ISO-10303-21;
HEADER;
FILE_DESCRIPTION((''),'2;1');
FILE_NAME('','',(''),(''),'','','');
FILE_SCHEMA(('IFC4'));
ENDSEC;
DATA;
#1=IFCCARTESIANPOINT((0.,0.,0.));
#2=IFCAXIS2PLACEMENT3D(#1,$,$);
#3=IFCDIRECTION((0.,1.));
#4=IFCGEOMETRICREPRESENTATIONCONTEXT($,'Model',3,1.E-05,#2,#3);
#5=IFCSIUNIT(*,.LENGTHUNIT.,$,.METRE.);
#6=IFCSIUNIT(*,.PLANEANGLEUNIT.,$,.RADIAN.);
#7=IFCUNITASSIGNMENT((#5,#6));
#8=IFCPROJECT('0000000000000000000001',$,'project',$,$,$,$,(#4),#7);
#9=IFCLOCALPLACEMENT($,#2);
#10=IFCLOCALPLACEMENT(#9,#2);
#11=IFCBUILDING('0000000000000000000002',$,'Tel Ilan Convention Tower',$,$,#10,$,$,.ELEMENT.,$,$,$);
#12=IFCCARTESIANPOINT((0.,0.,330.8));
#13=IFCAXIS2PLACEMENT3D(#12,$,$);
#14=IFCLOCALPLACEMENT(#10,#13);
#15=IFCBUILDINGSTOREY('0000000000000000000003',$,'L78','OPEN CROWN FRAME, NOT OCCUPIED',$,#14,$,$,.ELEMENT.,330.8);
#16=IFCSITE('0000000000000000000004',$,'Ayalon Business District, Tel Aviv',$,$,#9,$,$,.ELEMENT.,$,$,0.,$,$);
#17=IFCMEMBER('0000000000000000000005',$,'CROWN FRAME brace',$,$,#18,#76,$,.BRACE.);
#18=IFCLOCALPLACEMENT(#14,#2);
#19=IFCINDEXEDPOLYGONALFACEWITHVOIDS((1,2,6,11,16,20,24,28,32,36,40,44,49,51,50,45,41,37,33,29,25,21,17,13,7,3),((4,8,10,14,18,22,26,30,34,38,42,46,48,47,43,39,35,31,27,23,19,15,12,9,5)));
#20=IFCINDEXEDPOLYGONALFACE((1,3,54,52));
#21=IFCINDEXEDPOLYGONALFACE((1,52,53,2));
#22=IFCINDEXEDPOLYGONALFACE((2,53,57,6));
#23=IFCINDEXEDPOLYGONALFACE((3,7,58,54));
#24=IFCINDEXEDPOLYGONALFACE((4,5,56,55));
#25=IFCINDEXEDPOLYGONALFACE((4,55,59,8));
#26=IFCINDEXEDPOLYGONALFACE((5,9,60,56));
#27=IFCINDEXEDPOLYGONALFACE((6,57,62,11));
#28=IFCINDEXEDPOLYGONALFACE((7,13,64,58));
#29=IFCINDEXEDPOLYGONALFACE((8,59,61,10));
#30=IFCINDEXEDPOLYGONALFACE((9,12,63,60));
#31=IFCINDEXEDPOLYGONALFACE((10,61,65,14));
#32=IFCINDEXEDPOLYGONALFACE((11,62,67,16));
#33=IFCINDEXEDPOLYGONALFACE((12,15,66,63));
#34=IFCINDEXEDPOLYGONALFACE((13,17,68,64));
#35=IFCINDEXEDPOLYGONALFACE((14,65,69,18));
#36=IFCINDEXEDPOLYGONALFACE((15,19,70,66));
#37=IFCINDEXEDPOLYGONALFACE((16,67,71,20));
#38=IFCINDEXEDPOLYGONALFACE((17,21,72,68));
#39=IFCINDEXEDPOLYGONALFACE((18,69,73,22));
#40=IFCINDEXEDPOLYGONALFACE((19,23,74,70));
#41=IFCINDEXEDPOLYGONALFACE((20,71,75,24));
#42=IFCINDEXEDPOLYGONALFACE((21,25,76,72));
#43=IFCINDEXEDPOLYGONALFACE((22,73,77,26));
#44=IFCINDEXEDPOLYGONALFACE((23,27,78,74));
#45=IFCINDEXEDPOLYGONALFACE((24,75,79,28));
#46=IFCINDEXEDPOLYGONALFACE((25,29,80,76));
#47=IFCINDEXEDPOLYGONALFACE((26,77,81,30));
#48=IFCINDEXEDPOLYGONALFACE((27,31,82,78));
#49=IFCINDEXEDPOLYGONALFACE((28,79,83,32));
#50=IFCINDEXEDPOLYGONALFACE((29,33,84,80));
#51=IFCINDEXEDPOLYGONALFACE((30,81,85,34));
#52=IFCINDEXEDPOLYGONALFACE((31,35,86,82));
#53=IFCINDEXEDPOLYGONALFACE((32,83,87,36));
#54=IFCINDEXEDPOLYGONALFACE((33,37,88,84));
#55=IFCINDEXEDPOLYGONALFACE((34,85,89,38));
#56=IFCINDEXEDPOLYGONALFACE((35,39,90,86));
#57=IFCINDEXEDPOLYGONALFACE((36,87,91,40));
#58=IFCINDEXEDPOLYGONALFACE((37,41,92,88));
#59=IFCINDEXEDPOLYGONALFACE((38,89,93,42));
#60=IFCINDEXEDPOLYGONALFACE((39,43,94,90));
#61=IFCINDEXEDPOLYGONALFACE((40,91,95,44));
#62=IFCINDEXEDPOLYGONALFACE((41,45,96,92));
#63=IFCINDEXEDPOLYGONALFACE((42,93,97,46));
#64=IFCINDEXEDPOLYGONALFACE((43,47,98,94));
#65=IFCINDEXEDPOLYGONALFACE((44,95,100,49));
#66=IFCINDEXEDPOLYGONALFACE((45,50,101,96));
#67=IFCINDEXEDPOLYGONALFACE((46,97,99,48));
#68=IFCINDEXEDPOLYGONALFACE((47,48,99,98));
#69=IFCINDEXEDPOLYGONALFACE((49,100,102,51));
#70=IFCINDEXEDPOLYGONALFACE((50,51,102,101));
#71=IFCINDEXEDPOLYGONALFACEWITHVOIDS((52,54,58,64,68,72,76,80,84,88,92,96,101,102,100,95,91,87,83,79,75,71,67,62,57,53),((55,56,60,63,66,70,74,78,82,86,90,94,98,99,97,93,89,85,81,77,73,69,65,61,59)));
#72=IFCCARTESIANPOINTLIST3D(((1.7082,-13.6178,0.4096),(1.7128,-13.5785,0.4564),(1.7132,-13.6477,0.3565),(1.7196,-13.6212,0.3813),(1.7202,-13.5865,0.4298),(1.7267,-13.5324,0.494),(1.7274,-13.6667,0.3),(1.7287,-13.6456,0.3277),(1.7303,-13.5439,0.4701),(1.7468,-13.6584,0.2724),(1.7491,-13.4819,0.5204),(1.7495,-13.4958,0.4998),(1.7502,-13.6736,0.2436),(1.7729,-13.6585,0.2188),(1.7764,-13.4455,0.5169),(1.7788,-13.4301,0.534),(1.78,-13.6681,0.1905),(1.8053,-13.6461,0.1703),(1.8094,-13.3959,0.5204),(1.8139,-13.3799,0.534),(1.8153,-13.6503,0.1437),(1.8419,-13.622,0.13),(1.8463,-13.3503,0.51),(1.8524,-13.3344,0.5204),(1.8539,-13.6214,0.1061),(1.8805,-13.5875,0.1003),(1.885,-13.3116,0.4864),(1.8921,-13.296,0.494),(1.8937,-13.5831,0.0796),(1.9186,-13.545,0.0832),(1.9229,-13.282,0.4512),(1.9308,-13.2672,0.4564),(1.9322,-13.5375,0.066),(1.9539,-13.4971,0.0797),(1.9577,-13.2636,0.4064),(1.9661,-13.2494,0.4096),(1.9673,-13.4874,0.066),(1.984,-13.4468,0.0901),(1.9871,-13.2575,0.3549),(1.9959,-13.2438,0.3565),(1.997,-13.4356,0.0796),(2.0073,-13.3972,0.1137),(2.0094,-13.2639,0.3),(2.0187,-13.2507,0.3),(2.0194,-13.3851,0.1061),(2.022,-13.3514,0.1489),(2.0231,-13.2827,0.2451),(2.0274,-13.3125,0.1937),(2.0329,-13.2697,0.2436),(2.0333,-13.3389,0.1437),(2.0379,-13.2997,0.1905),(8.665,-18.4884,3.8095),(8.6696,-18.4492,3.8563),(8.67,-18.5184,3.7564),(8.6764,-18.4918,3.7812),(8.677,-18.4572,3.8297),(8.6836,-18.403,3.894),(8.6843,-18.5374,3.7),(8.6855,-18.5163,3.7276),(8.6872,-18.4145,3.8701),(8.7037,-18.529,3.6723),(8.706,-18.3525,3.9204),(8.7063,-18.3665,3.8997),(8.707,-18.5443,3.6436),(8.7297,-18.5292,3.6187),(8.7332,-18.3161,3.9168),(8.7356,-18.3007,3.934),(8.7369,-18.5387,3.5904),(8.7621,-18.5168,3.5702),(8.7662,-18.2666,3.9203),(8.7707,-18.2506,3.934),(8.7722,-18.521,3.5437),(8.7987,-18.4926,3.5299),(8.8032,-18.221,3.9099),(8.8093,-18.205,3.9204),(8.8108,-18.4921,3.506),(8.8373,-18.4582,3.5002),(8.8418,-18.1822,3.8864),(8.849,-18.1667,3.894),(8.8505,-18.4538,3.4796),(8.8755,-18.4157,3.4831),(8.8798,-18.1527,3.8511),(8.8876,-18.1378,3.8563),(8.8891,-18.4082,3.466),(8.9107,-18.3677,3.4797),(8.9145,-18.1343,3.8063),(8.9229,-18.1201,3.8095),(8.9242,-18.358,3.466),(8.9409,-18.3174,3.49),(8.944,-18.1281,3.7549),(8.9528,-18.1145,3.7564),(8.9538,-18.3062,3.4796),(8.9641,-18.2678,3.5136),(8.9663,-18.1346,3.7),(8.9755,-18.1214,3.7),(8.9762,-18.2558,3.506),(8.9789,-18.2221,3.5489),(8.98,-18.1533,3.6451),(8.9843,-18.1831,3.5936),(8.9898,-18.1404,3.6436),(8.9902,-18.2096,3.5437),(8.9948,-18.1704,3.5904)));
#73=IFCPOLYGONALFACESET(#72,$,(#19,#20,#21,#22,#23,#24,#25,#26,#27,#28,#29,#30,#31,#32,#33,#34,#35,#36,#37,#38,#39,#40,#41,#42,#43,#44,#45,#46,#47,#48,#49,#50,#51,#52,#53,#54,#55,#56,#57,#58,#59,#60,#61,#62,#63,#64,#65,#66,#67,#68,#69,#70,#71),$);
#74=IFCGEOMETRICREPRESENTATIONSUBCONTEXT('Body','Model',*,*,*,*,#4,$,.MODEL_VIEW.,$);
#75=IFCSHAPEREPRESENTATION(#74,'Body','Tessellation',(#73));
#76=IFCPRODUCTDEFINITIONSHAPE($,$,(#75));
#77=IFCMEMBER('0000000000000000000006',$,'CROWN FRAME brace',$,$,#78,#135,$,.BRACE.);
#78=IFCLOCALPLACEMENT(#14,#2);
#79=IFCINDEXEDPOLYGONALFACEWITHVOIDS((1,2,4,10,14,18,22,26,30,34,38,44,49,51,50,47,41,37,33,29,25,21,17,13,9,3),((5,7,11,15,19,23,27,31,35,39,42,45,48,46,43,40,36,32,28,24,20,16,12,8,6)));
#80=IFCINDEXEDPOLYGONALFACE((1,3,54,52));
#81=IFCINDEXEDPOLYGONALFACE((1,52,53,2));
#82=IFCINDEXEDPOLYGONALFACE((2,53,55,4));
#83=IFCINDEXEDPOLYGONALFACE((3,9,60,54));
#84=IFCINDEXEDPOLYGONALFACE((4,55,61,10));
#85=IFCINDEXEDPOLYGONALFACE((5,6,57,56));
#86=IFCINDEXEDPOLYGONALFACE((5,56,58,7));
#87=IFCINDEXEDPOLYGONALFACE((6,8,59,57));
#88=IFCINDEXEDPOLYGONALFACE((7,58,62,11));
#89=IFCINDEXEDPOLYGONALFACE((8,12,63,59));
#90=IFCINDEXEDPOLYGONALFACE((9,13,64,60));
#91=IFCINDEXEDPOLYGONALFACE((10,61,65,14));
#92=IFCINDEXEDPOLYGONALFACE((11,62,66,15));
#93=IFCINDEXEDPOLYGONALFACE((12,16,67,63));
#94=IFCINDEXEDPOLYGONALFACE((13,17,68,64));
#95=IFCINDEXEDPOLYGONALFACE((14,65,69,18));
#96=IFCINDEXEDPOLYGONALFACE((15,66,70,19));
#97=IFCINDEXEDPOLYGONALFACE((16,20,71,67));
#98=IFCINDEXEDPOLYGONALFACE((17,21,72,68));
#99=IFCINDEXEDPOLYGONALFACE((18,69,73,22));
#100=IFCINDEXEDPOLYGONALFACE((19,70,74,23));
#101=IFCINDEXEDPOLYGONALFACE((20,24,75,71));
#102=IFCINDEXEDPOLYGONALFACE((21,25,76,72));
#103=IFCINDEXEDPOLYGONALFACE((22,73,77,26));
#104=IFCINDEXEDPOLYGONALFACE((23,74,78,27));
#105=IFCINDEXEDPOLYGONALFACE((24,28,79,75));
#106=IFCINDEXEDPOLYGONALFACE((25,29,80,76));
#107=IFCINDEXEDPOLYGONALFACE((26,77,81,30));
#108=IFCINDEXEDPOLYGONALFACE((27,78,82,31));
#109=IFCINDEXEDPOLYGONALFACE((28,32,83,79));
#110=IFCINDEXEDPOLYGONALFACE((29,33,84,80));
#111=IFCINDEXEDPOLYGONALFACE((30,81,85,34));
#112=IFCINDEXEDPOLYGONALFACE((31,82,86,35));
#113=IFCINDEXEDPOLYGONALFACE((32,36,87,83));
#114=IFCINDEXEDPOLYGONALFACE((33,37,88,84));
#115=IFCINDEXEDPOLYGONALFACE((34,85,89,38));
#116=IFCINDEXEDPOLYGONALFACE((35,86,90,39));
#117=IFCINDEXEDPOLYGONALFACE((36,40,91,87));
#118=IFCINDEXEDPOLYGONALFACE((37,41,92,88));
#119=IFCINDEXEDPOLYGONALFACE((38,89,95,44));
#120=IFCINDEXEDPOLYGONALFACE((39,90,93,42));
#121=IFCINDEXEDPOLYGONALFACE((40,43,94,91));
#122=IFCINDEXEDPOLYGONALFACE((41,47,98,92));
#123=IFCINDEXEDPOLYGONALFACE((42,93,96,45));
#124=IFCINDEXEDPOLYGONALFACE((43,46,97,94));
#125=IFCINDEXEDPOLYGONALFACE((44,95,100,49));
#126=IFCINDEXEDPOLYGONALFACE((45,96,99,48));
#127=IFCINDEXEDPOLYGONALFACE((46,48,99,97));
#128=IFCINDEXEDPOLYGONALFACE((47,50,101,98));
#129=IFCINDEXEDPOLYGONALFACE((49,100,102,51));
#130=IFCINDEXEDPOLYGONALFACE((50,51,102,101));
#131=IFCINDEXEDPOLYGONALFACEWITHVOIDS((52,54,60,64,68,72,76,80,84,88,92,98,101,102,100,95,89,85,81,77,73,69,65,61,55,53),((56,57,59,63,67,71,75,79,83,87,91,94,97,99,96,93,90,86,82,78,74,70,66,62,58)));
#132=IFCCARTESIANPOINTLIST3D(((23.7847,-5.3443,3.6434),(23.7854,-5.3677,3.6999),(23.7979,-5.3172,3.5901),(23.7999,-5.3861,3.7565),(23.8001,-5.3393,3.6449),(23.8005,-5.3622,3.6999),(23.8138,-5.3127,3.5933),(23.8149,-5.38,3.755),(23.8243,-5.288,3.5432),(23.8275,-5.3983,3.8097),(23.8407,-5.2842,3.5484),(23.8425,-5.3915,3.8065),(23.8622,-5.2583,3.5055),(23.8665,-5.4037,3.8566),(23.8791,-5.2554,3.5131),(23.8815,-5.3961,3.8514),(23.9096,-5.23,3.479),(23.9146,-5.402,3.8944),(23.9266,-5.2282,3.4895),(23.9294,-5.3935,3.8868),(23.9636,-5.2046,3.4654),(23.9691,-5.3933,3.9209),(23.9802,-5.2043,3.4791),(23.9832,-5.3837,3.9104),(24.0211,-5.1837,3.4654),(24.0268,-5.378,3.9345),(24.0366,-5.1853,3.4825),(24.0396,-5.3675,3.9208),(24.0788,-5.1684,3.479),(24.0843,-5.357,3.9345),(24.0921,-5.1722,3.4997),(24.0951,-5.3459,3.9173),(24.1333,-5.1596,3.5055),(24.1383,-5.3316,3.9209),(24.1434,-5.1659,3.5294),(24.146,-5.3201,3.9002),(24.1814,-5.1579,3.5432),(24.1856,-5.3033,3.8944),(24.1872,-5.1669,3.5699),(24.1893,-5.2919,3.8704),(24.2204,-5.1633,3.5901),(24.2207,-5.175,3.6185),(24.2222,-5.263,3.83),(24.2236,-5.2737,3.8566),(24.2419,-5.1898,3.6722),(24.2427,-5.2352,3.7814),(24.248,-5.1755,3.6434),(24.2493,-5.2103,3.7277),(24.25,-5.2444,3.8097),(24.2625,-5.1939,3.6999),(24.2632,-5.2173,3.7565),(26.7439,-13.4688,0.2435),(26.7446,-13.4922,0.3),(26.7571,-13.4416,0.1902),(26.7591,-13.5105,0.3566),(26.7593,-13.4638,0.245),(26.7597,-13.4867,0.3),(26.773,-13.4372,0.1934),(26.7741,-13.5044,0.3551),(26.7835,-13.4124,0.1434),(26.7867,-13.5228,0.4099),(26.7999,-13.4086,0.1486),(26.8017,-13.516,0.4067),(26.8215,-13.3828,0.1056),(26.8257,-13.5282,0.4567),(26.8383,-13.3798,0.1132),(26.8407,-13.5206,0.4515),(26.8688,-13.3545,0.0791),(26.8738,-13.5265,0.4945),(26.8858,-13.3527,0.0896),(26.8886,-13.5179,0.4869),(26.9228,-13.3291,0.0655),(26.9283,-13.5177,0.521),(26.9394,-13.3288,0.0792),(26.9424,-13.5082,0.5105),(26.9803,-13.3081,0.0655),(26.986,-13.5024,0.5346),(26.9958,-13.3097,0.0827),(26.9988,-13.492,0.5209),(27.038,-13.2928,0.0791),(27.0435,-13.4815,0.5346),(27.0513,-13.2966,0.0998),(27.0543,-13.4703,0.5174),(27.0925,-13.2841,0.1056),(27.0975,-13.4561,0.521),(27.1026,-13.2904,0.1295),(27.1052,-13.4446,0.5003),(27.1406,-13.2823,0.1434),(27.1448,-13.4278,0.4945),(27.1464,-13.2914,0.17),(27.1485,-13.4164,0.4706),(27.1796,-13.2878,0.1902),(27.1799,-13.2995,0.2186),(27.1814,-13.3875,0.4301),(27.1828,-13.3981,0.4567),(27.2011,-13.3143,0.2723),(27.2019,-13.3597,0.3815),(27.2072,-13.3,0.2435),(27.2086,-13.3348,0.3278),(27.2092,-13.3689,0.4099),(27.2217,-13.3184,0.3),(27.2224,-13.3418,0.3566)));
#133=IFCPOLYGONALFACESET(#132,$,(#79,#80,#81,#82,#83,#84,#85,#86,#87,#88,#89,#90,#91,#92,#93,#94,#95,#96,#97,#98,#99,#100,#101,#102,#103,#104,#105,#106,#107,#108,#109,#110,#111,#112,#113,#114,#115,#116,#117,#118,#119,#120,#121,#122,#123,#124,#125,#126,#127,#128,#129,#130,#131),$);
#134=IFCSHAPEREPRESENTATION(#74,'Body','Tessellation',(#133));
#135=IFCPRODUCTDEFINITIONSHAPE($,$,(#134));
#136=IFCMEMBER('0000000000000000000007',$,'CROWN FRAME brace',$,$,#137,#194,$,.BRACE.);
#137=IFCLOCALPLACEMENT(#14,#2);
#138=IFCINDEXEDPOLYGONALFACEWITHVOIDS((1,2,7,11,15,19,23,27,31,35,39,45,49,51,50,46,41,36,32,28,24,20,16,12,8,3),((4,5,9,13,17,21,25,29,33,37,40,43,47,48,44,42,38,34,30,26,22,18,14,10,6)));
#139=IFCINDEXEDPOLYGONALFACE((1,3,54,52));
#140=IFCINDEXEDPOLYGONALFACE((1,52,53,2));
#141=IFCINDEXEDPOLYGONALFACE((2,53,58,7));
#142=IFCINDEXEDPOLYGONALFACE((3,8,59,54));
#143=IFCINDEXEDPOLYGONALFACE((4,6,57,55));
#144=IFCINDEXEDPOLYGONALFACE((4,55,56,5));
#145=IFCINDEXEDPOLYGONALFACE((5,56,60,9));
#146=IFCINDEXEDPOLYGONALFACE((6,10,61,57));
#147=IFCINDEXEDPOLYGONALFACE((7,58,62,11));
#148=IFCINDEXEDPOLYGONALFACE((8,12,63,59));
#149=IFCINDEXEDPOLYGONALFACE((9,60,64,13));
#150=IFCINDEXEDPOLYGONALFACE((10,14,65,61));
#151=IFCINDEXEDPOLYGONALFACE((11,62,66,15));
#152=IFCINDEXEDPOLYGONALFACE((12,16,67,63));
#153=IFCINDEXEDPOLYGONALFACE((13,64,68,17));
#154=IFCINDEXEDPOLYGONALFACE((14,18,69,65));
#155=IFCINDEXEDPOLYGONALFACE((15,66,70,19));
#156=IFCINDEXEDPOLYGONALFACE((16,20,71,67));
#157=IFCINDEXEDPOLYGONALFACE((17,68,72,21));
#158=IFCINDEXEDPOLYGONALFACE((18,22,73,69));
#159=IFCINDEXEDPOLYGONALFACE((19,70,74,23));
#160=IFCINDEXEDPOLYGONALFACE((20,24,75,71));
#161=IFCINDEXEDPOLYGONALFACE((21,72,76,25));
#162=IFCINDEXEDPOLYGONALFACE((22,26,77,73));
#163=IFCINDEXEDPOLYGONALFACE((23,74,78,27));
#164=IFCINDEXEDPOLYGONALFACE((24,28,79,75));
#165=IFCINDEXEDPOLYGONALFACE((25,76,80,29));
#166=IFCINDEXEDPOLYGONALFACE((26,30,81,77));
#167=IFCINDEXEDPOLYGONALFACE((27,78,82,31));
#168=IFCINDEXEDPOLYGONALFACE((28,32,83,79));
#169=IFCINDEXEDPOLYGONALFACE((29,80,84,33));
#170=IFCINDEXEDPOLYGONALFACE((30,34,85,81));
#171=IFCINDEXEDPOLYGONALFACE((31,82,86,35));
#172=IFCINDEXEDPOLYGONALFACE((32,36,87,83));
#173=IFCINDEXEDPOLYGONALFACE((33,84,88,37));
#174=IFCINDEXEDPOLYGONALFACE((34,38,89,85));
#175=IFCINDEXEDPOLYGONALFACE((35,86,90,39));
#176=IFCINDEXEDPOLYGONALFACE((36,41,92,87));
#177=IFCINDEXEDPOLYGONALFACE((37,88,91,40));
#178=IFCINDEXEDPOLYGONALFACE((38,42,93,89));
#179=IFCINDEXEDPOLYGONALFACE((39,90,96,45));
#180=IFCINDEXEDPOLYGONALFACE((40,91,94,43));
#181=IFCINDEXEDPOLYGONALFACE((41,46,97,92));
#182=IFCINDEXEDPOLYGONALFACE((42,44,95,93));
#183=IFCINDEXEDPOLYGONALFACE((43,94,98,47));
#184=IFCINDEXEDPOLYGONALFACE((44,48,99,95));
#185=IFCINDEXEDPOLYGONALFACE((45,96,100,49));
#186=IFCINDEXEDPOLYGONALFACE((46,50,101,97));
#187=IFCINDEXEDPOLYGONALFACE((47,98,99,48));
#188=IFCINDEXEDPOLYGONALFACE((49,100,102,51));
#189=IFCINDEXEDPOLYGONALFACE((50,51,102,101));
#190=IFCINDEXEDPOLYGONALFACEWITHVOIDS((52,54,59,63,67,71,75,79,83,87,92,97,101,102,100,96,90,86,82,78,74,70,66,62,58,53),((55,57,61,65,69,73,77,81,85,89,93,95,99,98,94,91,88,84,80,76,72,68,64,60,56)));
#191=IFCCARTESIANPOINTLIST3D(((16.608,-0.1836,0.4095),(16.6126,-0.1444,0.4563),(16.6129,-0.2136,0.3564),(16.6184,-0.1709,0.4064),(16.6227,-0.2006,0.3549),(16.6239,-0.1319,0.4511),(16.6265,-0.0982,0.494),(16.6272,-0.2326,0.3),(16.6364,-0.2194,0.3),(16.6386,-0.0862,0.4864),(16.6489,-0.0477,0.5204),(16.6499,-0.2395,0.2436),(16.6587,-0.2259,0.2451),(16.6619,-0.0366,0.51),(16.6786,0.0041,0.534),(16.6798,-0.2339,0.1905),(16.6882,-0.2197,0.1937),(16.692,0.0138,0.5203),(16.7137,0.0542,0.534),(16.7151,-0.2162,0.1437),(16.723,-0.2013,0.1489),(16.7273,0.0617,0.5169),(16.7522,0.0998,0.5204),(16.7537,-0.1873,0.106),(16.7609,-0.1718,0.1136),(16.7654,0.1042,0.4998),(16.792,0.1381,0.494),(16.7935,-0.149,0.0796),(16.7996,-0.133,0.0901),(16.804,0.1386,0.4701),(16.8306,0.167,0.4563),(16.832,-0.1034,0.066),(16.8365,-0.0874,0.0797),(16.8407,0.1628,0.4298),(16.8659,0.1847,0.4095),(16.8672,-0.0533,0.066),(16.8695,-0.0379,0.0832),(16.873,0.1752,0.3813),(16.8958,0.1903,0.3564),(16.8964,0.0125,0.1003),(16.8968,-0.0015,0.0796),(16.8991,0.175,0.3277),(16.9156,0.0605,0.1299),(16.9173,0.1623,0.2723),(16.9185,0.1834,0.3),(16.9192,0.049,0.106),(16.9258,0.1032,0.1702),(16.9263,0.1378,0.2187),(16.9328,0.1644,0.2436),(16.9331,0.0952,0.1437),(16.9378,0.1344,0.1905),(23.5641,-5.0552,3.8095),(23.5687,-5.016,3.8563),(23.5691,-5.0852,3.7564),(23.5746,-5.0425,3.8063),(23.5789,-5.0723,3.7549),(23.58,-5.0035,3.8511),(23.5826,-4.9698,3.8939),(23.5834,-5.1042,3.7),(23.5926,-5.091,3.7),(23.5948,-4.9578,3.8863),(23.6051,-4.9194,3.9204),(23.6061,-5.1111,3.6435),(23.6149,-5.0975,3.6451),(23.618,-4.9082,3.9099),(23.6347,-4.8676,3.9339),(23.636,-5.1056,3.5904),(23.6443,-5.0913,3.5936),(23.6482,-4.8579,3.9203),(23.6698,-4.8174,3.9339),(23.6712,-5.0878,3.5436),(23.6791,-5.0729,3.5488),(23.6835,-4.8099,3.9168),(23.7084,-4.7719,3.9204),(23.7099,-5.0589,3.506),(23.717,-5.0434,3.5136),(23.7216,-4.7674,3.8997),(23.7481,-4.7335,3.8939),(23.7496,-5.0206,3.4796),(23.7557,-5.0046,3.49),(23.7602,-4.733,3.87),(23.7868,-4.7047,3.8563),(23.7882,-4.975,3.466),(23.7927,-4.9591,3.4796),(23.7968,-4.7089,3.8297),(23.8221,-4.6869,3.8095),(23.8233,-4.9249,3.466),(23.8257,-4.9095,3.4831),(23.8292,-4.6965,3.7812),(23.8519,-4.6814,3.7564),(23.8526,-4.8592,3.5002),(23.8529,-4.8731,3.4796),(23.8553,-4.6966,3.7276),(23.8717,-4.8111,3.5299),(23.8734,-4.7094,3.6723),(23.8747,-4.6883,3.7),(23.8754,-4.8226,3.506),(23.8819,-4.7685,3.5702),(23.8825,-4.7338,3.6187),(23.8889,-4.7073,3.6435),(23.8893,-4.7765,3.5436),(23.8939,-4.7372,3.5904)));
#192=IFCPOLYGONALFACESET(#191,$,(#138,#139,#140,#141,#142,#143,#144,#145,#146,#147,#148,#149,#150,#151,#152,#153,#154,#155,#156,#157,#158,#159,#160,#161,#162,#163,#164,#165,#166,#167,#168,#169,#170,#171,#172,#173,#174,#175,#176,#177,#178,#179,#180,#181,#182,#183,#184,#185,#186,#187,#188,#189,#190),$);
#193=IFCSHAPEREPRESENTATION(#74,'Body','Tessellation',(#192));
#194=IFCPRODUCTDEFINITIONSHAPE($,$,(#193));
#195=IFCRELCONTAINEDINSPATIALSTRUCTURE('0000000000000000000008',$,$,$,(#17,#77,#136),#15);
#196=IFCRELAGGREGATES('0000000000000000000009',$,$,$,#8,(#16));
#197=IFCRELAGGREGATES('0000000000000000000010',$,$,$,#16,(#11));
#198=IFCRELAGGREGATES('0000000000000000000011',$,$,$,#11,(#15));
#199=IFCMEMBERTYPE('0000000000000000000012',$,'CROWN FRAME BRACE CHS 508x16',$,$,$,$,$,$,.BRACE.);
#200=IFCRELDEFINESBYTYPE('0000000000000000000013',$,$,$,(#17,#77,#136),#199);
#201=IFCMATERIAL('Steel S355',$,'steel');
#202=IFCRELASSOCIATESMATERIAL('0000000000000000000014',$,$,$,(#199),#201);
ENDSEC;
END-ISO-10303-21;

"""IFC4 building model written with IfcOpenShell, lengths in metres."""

from ifc_helpers import new_model, si_unit, direction, frame, origin, origin_2d, place, context, subcontext, project, spatial, hollow_circle, extrude, material, material_profile, profile_set, type_object, element, save


model = new_model("IFC4")

# Units and contexts
model_context = context("Model", 3, precision=1e-05, world=origin(), true_north=direction((0.0, 1.0)))
body_context = subcontext(model_context, "Body", "Model", "MODEL_VIEW")
ifc_project = project(units=[si_unit("LENGTHUNIT", "METRE"), si_unit("PLANEANGLEUNIT", "RADIAN")], contexts=[model_context])

# Site, building, storey
site_placement = place(None, origin())
site = spatial("IfcSite", under=ifc_project, at=site_placement, Name="Ayalon Business District, Tel Aviv", CompositionType="ELEMENT", RefElevation=0.0)
building_placement = place(site_placement, origin())
building = spatial("IfcBuilding", under=site, at=building_placement, Name="Tel Ilan Convention Tower", CompositionType="ELEMENT")
storey_placement = place(building_placement, frame((0.0, 0.0, 330.8)))
storey = spatial("IfcBuildingStorey", under=building, at=storey_placement, Name="L78", Description="OPEN CROWN FRAME, NOT OCCUPIED", CompositionType="ELEMENT", Elevation=330.8)

# Members
ifc_material_1 = material(Name="Steel S355", Category="steel")
ifc_material_profile_1 = material_profile(ifc_material_1, hollow_circle(Radius=0.2539, WallThickness=0.0161, at=origin_2d()), Name="CHS 508x16")
ifc_profile_set_1 = profile_set([ifc_material_profile_1], Name="Steel S355")
member_type = type_object("IfcMemberType", Name="CROWN FRAME BRACE CHS 508x16", PredefinedType="BRACE", material=ifc_profile_set_1)
member_1_placement = place(storey_placement, frame((1.873, -13.4587, 0.3), z_axis=(0.760502, -0.532445, 0.371671), x_axis=(0.57353, 0.819185, 0.0)))
element("IfcMember", 1, at=member_1_placement, inside=storey, type_object=member_type, Name="CROWN FRAME brace", PredefinedType="BRACE", context=body_context, shape_type="SweptSolid", body=[
    extrude(hollow_circle(Radius=0.2539, WallThickness=0.0161, at=origin_2d()), origin(), (0.0, 0.0, 1.0), 9.1477),
])
member_2_placement = place(storey_placement, frame((26.9832, -13.4053, 0.3), z_axis=(-0.318502, 0.874443, 0.365932), x_axis=(-0.939613, -0.34224, 0.0)))
element("IfcMember", 2, at=member_2_placement, inside=storey, type_object=member_type, Name="CROWN FRAME brace", PredefinedType="BRACE", context=body_context, shape_type="SweptSolid", body=[
    extrude(hollow_circle(Radius=0.2539, WallThickness=0.0161, at=origin_2d()), origin(), (0.0, 0.0, 1.0), 9.291),
])
member_3_placement = place(storey_placement, frame((23.729, -4.8962, 3.7), z_axis=(-0.760425, 0.532554, -0.371672), x_axis=(-0.573648, -0.819102, 0.0)))
element("IfcMember", 3, at=member_3_placement, inside=storey, type_object=member_type, Name="CROWN FRAME brace", PredefinedType="BRACE", context=body_context, shape_type="SweptSolid", body=[
    extrude(hollow_circle(Radius=0.2539, WallThickness=0.0161, at=origin_2d()), origin(), (0.0, 0.0, 1.0), 9.1477),
])

save(model, "model.ifc")
